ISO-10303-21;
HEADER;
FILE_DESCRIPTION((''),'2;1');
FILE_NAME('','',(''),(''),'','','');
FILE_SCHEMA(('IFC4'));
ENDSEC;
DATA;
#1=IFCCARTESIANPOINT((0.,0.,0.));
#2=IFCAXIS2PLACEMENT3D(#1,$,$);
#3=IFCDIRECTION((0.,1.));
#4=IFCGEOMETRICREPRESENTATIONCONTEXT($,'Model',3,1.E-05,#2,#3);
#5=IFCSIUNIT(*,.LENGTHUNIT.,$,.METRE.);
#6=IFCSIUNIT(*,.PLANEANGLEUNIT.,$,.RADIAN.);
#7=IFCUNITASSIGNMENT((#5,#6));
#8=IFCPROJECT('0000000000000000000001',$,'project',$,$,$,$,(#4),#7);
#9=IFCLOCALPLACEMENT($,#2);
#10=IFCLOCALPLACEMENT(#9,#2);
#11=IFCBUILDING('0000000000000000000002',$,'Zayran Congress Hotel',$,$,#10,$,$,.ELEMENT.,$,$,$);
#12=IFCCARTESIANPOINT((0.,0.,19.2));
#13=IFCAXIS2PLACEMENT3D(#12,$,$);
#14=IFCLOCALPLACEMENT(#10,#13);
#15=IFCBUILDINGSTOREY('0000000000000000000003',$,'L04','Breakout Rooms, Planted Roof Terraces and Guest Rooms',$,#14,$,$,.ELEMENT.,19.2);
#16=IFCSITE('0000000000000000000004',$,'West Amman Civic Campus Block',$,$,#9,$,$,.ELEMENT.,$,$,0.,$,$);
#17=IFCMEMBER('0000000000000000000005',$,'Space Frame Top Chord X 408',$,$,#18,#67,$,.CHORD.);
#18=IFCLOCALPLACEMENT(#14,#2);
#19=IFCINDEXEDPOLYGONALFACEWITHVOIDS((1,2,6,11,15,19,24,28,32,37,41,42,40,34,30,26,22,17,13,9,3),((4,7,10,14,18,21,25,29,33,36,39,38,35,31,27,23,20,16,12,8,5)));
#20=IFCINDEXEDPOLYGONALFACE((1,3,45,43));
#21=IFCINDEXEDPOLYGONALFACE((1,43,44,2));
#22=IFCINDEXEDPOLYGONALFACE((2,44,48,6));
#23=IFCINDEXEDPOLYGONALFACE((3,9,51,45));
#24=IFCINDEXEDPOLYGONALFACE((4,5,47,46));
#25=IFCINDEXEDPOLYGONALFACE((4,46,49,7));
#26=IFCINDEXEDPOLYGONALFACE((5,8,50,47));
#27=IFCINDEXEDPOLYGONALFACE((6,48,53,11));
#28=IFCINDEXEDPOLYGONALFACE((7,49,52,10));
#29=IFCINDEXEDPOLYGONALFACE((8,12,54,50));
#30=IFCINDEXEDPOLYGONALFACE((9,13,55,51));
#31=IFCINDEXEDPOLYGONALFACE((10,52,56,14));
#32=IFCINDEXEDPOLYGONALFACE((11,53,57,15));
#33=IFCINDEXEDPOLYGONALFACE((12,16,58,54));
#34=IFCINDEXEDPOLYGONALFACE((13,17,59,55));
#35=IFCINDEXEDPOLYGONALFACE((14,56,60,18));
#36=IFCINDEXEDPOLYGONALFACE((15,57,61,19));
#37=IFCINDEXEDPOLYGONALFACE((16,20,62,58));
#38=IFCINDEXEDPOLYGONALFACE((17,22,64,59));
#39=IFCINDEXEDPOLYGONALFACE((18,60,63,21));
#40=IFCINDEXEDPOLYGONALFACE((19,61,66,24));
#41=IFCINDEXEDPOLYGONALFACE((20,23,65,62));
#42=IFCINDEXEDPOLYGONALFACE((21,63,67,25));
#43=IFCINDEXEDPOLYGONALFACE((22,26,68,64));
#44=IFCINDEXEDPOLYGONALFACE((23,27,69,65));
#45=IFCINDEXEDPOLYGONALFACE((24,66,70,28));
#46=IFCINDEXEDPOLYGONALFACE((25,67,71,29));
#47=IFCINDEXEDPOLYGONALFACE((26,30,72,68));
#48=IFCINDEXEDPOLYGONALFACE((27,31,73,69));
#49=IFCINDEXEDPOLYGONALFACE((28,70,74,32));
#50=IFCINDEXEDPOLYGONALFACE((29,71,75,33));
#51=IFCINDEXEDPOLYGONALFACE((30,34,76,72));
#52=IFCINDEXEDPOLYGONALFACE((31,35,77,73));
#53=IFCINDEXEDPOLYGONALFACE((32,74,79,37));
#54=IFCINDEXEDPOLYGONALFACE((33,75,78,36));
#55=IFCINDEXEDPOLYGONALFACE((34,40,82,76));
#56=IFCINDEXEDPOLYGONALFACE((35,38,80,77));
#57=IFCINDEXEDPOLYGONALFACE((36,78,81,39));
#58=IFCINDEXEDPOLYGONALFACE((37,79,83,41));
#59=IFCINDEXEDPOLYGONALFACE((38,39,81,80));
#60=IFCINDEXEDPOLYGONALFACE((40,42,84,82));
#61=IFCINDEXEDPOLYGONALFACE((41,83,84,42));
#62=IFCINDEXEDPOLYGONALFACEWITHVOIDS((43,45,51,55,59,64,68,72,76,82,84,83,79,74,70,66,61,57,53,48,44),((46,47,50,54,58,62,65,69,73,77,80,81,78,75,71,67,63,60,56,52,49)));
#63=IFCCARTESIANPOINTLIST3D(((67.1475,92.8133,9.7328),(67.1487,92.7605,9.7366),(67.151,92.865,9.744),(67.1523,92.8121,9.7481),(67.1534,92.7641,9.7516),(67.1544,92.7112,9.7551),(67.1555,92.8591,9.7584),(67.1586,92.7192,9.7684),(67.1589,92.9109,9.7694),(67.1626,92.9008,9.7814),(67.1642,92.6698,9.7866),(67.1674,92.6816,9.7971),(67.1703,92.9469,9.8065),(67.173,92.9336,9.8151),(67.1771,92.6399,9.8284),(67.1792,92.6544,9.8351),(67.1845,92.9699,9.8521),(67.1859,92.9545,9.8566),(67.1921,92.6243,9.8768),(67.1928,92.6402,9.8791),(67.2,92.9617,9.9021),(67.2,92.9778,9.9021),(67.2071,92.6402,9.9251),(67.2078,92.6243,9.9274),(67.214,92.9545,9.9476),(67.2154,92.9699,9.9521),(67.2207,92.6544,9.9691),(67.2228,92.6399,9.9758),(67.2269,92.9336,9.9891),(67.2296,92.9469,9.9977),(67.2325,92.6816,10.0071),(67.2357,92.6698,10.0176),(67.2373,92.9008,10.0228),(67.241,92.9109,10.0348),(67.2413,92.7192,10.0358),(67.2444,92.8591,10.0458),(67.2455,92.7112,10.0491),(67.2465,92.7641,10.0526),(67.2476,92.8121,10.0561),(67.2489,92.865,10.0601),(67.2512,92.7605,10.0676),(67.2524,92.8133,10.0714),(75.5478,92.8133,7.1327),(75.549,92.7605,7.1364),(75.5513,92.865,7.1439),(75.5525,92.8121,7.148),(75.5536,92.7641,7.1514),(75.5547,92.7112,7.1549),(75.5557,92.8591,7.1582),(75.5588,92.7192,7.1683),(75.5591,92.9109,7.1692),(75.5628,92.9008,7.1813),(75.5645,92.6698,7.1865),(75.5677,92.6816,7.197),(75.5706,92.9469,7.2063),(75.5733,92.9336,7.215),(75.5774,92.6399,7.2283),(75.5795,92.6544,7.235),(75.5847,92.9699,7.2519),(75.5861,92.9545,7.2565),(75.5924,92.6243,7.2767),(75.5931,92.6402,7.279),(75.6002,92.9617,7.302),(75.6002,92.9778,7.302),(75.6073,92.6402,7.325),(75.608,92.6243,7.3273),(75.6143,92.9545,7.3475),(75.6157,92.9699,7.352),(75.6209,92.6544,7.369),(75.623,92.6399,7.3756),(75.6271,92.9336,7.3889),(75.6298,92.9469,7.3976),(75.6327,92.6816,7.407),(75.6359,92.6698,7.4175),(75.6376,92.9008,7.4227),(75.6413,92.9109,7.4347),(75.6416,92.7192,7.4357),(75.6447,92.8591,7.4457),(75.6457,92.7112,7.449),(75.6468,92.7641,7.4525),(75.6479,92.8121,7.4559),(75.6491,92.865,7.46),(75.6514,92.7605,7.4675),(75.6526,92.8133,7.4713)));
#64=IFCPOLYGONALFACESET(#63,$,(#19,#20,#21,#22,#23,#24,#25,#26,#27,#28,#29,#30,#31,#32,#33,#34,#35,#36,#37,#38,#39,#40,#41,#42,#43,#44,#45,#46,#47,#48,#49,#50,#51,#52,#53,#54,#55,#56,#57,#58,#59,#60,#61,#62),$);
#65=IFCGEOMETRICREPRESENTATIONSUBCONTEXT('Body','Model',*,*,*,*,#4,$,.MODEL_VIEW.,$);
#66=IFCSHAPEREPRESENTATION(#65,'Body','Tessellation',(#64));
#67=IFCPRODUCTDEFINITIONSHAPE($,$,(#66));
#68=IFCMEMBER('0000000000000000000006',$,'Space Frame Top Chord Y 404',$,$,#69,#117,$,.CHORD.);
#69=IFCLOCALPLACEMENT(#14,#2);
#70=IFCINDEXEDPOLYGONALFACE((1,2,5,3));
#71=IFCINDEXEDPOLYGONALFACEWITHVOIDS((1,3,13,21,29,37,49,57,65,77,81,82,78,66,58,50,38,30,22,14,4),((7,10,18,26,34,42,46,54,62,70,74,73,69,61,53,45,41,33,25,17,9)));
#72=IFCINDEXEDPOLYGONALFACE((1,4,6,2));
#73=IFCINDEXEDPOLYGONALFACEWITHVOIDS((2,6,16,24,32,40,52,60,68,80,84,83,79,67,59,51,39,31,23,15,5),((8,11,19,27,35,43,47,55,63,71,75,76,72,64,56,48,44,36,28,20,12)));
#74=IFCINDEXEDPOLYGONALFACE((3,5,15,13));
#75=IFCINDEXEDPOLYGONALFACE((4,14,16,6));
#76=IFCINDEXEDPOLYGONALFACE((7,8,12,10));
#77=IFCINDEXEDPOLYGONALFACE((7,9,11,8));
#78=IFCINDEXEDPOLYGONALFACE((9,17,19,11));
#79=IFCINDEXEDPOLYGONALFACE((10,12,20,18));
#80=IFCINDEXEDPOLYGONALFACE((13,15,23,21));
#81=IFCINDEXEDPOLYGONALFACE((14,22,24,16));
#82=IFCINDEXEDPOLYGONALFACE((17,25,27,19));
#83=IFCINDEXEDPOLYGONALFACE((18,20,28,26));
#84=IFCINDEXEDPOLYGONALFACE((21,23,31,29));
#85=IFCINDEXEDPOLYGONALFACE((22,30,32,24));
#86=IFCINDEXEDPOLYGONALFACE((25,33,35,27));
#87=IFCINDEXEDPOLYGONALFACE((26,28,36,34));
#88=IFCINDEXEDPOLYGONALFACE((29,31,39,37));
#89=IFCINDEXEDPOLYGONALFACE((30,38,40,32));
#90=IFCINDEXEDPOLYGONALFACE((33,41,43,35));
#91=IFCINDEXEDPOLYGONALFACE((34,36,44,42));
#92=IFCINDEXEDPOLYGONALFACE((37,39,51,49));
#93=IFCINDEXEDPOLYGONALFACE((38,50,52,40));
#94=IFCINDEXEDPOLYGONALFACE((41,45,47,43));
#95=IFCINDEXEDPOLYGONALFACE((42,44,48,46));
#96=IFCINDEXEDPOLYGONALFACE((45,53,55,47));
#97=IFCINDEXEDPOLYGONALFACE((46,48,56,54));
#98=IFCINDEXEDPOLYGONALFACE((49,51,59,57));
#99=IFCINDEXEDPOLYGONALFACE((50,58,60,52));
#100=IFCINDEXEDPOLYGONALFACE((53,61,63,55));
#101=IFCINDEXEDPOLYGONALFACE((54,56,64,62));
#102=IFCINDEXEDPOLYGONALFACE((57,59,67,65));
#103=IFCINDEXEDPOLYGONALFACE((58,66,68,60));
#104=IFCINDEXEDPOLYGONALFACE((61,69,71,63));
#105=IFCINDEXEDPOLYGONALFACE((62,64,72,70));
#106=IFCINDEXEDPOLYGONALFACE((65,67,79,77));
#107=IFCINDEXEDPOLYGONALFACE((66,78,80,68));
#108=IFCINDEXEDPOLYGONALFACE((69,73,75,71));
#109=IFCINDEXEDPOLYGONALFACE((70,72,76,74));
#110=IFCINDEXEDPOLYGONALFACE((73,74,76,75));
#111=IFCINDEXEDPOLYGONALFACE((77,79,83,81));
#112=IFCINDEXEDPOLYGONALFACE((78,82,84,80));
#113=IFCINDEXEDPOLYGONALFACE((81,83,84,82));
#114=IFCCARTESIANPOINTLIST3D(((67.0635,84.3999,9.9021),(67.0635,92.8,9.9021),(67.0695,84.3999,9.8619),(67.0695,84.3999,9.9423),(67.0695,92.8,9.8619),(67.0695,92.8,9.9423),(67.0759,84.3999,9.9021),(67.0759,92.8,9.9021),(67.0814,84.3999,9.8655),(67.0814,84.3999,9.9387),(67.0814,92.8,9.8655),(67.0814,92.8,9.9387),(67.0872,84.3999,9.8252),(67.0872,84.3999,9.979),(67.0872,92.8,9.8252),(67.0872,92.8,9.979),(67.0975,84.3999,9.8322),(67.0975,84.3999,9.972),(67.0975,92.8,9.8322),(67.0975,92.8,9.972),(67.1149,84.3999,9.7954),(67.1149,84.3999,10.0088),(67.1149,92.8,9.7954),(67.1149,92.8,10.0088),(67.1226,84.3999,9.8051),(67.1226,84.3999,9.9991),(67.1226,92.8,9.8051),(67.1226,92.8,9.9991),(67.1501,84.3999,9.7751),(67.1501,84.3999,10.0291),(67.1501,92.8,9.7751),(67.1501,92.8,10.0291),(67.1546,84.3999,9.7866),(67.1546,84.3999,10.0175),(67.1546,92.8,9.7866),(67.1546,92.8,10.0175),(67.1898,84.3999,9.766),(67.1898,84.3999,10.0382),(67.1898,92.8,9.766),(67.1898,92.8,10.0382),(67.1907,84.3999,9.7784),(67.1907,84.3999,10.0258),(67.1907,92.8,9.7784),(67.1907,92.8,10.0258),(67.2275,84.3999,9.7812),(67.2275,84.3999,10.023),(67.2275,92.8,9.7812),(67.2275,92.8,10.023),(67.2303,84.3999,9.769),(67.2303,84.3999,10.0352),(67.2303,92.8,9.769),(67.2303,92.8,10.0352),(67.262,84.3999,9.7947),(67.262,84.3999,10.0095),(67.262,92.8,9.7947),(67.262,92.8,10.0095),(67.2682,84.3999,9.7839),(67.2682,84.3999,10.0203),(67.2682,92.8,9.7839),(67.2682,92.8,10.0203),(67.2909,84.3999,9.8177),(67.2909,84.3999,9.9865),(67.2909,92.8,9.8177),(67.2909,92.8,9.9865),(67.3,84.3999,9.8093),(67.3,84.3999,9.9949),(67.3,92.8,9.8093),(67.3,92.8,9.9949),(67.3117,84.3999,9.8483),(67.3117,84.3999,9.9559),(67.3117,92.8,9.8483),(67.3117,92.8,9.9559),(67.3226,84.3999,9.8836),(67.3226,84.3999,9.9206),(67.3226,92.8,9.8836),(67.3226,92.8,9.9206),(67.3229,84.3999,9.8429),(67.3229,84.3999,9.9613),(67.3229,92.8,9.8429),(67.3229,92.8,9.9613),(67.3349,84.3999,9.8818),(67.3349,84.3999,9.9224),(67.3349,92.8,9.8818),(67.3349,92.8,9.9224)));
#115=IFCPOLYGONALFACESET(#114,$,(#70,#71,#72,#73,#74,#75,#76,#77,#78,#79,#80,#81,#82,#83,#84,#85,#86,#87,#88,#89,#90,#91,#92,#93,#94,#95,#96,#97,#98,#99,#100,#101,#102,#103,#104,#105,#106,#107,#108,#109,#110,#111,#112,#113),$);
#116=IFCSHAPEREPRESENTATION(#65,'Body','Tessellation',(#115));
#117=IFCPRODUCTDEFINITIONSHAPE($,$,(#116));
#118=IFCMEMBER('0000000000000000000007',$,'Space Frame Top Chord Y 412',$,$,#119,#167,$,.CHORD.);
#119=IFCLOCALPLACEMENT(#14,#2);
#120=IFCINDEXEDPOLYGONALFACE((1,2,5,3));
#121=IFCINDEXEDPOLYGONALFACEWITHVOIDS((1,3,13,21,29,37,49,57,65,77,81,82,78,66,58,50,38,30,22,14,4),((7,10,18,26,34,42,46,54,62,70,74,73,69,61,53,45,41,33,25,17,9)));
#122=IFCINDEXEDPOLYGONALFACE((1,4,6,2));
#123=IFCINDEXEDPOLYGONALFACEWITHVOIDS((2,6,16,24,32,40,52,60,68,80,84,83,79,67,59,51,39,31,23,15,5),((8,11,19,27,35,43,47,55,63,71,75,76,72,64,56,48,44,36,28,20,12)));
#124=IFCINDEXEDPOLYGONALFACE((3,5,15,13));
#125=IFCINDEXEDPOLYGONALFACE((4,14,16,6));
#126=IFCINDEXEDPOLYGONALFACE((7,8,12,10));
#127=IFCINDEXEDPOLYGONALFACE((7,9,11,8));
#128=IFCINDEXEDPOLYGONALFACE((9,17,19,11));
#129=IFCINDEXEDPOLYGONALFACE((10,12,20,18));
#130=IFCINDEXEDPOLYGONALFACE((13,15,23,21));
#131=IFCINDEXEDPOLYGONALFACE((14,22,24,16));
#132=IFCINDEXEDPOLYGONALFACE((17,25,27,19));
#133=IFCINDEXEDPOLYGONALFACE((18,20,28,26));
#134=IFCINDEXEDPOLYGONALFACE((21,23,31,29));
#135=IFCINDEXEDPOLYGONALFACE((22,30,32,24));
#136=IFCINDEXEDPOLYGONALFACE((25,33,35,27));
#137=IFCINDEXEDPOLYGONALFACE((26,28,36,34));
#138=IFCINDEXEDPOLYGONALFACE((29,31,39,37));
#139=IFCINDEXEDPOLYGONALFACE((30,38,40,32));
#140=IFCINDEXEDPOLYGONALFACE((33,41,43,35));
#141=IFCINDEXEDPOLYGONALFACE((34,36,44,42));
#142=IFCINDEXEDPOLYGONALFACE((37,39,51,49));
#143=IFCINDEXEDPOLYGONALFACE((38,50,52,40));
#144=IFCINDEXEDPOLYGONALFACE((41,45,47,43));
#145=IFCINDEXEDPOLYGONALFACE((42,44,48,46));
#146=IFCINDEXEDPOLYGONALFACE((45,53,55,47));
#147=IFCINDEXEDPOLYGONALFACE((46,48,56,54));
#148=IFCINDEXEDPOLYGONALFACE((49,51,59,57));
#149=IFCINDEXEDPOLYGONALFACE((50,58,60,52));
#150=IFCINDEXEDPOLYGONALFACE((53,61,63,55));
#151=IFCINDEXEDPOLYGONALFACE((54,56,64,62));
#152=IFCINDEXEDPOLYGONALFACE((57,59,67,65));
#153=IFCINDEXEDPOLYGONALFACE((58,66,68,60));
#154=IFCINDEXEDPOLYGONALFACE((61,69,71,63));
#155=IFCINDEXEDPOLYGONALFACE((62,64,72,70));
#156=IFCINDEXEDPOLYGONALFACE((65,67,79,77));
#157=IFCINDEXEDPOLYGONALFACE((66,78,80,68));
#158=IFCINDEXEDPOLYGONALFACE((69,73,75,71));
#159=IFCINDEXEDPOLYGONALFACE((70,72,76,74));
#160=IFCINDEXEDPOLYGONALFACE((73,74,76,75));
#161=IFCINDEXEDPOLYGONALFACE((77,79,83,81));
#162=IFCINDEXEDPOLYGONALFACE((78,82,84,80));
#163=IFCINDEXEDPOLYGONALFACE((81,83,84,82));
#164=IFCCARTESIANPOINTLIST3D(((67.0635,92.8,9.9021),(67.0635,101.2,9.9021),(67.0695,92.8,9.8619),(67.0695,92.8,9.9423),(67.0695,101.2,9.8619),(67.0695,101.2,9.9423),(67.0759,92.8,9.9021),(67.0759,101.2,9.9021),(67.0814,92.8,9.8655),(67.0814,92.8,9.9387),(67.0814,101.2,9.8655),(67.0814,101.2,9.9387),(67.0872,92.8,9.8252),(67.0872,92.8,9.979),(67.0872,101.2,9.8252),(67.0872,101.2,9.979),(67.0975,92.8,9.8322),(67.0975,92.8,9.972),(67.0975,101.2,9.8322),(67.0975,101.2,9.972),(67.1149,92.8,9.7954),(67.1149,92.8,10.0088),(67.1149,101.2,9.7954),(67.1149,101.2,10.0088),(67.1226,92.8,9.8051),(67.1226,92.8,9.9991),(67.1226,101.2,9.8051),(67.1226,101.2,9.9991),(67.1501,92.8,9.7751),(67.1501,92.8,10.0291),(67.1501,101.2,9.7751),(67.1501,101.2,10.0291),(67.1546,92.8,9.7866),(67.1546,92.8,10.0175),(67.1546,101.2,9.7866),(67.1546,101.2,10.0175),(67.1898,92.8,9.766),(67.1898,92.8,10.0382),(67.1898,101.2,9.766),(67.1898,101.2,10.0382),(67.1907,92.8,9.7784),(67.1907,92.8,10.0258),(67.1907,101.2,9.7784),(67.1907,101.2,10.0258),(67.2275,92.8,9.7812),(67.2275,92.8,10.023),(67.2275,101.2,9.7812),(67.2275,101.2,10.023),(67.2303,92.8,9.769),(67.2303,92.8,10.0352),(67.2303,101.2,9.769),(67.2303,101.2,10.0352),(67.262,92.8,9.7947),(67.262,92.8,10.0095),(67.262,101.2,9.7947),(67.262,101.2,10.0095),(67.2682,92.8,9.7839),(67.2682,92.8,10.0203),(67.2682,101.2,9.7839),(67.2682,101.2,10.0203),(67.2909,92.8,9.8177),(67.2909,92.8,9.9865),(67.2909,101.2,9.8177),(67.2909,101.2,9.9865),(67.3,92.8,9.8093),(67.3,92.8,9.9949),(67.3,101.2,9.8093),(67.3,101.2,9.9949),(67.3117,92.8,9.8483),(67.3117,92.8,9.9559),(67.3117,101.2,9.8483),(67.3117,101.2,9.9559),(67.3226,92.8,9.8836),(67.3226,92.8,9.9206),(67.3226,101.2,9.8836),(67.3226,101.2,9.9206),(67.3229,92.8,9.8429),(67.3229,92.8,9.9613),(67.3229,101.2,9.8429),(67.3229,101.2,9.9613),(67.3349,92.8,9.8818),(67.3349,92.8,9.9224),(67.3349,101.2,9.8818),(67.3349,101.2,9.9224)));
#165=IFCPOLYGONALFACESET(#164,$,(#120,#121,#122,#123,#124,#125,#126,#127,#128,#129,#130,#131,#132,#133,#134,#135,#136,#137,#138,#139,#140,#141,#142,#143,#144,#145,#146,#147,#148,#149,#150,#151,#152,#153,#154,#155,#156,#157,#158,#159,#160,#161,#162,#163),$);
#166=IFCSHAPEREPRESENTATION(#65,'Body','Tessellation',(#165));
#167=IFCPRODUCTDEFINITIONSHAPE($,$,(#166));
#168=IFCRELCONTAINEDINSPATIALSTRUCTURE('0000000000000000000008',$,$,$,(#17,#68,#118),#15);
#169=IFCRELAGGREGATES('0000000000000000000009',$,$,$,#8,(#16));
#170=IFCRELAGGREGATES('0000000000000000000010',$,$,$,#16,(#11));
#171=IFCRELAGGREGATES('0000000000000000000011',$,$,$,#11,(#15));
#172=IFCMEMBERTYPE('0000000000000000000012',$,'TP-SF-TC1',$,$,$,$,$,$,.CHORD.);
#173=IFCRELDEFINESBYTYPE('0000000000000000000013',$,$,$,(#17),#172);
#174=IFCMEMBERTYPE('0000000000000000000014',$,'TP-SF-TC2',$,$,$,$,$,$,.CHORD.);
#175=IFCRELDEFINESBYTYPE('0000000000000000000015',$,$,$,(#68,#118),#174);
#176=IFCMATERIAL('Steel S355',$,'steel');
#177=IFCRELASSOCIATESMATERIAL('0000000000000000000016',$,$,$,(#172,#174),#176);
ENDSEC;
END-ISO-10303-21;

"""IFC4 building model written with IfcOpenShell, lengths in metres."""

from ifc_helpers import new_model, si_unit, direction, frame, origin, origin_2d, place, context, subcontext, project, spatial, hollow_circle, extrude, material, material_profile, profile_set, type_object, element, save


model = new_model("IFC4")

# Units and contexts
model_context = context("Model", 3, precision=1e-05, world=origin(), true_north=direction((0.0, 1.0)))
body_context = subcontext(model_context, "Body", "Model", "MODEL_VIEW")
ifc_project = project(units=[si_unit("LENGTHUNIT", "METRE"), si_unit("PLANEANGLEUNIT", "RADIAN")], contexts=[model_context])

# Site, building, storey
site_placement = place(None, origin())
site = spatial("IfcSite", under=ifc_project, at=site_placement, Name="West Amman Civic Campus Block", CompositionType="ELEMENT", RefElevation=0.0)
building_placement = place(site_placement, origin())
building = spatial("IfcBuilding", under=site, at=building_placement, Name="Zayran Congress Hotel", CompositionType="ELEMENT")
storey_placement = place(building_placement, frame((0.0, 0.0, 19.2)))
storey = spatial("IfcBuildingStorey", under=building, at=storey_placement, Name="L04", Description="Breakout Rooms, Planted Roof Terraces and Guest Rooms", CompositionType="ELEMENT", Elevation=19.2)

# Members
ifc_material_1 = material(Name="Steel S355", Category="steel")
ifc_material_profile_1 = material_profile(ifc_material_1, hollow_circle(Radius=0.1777, WallThickness=0.0161, at=origin_2d()), Name="CHS 355.6x16")
ifc_profile_set_1 = profile_set([ifc_material_profile_1], Name="Steel S355")
member_type_1 = type_object("IfcMemberType", Name="TP-SF-TC1", PredefinedType="CHORD", material=ifc_profile_set_1)
member_1_placement = place(storey_placement, frame((67.2, 92.8, 9.9021), z_axis=(0.955284, 0.0, -0.295689), x_axis=(0.0, 1.0, 0.0)))
element("IfcMember", 1, at=member_1_placement, inside=storey, type_object=member_type_1, Name="Space Frame Top Chord X 408", PredefinedType="CHORD", context=body_context, shape_type="SweptSolid", body=[
    extrude(hollow_circle(Radius=0.1777, WallThickness=0.0161, at=origin_2d()), origin(), (0.0, 0.0, 1.0), 8.7935),
])
ifc_material_profile_2 = material_profile(ifc_material_1, hollow_circle(Radius=0.1365, WallThickness=0.0125, at=origin_2d()), Name="CHS 273x12.5")
ifc_profile_set_2 = profile_set([ifc_material_profile_2], Name="Steel S355")
member_type_2 = type_object("IfcMemberType", Name="TP-SF-TC2", PredefinedType="CHORD", material=ifc_profile_set_2)
member_2_placement = place(storey_placement, frame((67.2, 84.3999, 9.9021), z_axis=(0.0, 1.0, 0.0), x_axis=(-1.0, 0.0, 0.0)))
element("IfcMember", 2, at=member_2_placement, inside=storey, type_object=member_type_2, Name="Space Frame Top Chord Y 404", PredefinedType="CHORD", context=body_context, shape_type="SweptSolid", body=[
    extrude(hollow_circle(Radius=0.1365, WallThickness=0.0125, at=origin_2d()), origin(), (0.0, 0.0, 1.0), 8.4001),
])
member_3_placement = place(storey_placement, frame((67.2, 92.8, 9.9021), z_axis=(0.0, 1.0, 0.0), x_axis=(-1.0, 0.0, 0.0)))
element("IfcMember", 3, at=member_3_placement, inside=storey, type_object=member_type_2, Name="Space Frame Top Chord Y 412", PredefinedType="CHORD", context=body_context, shape_type="SweptSolid", body=[
    extrude(hollow_circle(Radius=0.1365, WallThickness=0.0125, at=origin_2d()), origin(), (0.0, 0.0, 1.0), 8.3999),
])

save(model, "model.ifc")
